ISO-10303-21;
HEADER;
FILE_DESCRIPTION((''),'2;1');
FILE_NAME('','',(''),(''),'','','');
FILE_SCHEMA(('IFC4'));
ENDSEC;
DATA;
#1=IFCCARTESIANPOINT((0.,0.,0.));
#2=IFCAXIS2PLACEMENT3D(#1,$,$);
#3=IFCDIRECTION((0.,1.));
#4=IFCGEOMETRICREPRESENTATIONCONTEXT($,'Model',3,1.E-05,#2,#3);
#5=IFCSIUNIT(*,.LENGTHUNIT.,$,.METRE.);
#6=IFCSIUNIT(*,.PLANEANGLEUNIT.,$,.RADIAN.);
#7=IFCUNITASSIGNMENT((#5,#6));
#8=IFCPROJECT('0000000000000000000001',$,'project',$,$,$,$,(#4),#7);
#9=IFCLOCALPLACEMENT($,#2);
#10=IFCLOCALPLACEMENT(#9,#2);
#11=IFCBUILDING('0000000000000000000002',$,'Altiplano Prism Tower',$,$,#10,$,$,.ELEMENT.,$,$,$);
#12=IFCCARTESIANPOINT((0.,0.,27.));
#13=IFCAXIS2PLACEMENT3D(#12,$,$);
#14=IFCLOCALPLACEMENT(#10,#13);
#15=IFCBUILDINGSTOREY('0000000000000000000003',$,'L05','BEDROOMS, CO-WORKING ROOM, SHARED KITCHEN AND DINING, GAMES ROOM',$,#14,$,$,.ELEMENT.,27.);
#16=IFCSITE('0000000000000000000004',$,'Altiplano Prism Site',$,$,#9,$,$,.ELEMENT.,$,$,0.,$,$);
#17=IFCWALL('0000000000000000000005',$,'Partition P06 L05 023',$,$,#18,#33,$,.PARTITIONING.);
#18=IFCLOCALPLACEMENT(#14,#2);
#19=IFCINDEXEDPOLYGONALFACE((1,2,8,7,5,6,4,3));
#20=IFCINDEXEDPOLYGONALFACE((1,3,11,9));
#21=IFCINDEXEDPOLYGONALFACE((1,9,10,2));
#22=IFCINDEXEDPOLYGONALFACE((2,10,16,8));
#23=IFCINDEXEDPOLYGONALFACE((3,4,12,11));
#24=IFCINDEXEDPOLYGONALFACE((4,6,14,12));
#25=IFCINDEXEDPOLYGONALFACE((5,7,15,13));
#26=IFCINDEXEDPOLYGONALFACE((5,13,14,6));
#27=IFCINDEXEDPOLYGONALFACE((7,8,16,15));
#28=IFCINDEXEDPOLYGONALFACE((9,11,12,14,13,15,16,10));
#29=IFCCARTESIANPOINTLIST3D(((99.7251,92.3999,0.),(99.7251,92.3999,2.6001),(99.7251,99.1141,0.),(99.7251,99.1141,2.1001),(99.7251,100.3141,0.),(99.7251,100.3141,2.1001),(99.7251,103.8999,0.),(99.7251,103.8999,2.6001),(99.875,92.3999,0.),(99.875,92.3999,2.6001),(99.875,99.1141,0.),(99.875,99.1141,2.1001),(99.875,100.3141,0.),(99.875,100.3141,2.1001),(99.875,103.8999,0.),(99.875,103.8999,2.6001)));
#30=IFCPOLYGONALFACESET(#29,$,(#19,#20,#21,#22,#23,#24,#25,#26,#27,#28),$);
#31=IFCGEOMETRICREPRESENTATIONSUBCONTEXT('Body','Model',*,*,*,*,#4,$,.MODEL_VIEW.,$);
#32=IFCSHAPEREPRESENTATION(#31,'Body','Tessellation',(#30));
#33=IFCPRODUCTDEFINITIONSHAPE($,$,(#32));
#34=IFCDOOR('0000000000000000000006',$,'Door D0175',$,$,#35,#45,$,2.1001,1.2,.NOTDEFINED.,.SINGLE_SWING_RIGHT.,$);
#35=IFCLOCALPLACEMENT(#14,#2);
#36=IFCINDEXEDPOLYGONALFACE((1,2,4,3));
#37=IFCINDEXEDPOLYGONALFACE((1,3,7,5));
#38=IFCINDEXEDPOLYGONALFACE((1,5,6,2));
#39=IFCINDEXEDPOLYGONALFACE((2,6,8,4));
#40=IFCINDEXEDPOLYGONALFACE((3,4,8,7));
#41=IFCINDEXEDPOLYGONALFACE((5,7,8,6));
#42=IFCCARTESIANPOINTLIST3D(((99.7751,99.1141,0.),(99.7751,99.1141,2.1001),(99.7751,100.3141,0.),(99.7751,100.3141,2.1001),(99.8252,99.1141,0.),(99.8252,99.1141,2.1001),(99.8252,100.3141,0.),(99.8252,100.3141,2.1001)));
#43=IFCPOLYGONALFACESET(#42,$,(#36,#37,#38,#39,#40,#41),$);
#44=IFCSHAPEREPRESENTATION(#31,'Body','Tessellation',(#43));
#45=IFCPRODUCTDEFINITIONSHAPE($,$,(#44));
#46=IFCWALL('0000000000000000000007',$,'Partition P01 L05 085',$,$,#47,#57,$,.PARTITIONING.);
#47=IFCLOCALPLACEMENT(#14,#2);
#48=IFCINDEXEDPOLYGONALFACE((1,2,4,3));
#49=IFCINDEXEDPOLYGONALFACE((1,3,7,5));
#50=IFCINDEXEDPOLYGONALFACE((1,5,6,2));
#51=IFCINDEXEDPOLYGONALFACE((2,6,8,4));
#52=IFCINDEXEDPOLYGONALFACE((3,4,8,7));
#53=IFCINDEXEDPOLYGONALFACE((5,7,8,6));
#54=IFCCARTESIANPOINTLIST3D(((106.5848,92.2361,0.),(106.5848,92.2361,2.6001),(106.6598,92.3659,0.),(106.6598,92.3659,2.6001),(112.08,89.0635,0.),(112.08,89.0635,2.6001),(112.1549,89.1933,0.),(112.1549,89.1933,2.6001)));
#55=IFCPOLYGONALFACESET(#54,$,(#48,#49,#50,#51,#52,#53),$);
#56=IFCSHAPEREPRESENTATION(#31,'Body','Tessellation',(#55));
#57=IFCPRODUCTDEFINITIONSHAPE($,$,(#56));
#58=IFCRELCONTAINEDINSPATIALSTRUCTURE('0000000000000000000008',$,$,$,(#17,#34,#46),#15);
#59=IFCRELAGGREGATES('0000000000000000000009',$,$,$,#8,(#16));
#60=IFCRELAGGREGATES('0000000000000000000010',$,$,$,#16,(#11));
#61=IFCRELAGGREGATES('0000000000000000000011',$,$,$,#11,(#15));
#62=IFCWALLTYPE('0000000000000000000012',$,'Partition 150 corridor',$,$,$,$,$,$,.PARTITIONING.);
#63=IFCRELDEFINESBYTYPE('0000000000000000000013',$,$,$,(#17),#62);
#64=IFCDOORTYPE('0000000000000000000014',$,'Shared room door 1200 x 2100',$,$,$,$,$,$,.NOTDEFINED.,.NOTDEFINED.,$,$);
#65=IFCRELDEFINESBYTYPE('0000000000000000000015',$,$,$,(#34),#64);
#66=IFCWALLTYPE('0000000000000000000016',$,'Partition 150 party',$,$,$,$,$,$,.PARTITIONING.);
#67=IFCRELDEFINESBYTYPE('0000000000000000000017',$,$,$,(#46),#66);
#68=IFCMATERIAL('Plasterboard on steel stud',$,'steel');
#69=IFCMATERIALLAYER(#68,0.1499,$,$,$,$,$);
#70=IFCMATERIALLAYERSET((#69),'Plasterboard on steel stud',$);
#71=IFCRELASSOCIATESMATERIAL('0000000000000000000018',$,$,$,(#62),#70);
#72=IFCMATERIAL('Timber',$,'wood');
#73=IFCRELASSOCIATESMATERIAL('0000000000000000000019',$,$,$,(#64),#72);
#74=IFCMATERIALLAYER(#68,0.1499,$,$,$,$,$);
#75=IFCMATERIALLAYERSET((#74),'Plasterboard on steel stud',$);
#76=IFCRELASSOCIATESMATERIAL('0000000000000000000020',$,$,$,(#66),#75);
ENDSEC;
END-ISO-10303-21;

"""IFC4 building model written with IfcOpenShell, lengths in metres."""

from ifc_helpers import new_model, si_unit, direction, frame, frame_2d, origin, place, context, subcontext, project, spatial, rectangle, extrude, material, layer, layer_set, type_object, element, fill, save


model = new_model("IFC4")

# Units and contexts
model_context = context("Model", 3, precision=1e-05, world=origin(), true_north=direction((0.0, 1.0)))
body_context = subcontext(model_context, "Body", "Model", "MODEL_VIEW")
ifc_project = project(units=[si_unit("LENGTHUNIT", "METRE"), si_unit("PLANEANGLEUNIT", "RADIAN")], contexts=[model_context])

# Site, building, storey
site_placement = place(None, origin())
site = spatial("IfcSite", under=ifc_project, at=site_placement, Name="Altiplano Prism Site", CompositionType="ELEMENT", RefElevation=0.0)
building_placement = place(site_placement, origin())
building = spatial("IfcBuilding", under=site, at=building_placement, Name="Altiplano Prism Tower", CompositionType="ELEMENT")
storey_placement = place(building_placement, frame((0.0, 0.0, 27.0)))
storey = spatial("IfcBuildingStorey", under=building, at=storey_placement, Name="L05", Description="BEDROOMS, CO-WORKING ROOM, SHARED KITCHEN AND DINING, GAMES ROOM", CompositionType="ELEMENT", Elevation=27.0)

# Shared definitions
ifc_material_1 = material(Name="Plasterboard on steel stud", Category="steel")

# Shared definitions
ifc_material_2 = material(Name="Timber", Category="wood")

# Shared definitions
ifc_layer_1 = layer(ifc_material_1, 0.1499)
ifc_layer_set_1 = layer_set([ifc_layer_1], Name="Plasterboard on steel stud")
wall_type_1 = type_object("IfcWallType", Name="Partition 150 corridor", PredefinedType="PARTITIONING", material=ifc_layer_set_1)
door_type_1 = type_object("IfcDoorType", Name="Shared room door 1200 x 2100", OperationType="NOTDEFINED", PredefinedType="NOTDEFINED", material=ifc_material_2)

# Wall, opening, door
wall_1_placement = place(storey_placement, frame((99.8, 92.3999, 0.0), z_axis=(0.0, 0.0, 1.0), x_axis=(0.0, 1.0, 0.0)))
wall_1 = element("IfcWall", 1, at=wall_1_placement, inside=storey, type_object=wall_type_1, Name="Partition P06 L05 023", PredefinedType="PARTITIONING", context=body_context, shape_type="SweptSolid", body=[
    extrude(rectangle(XDim=11.5, YDim=0.1499, at=frame_2d((5.75, 0.0))), origin(), (0.0, 0.0, 1.0), 2.6001),
])
opening_1_placement = place(wall_1_placement, frame((6.7141, 0.0, 0.0)))
opening_1 = element("IfcOpeningElement", 2, at=opening_1_placement, cuts=wall_1, PredefinedType="OPENING", context=body_context, shape_type="SweptSolid", body=[
    extrude(rectangle(XDim=1.2, YDim=2.1001, at=frame_2d((0.6001, 1.05))), frame((0.0, 0.0854, 0.0), z_axis=(0.0, -1.0, 0.0), x_axis=(1.0, 0.0, 0.0)), (0.0, 0.0, 1.0), 0.1709),
])
door_1_placement = place(opening_1_placement, origin())
door_1 = element("IfcDoor", 3, at=door_1_placement, inside=storey, type_object=door_type_1, Name="Door D0175", OperationType="SINGLE_SWING_RIGHT", OverallHeight=2.1001, OverallWidth=1.2, PredefinedType="NOTDEFINED", context=body_context, shape_type="SweptSolid", body=[
    extrude(rectangle(XDim=1.2, YDim=2.1001, at=frame_2d((0.6001, 1.05))), frame((0.0, 0.0249, 0.0), z_axis=(0.0, -1.0, 0.0), x_axis=(1.0, 0.0, 0.0)), (0.0, 0.0, 1.0), 0.05),
])
fill(opening_1, door_1)

# Wall
ifc_layer_2 = layer(ifc_material_1, 0.1499)
ifc_layer_set_2 = layer_set([ifc_layer_2], Name="Plasterboard on steel stud")
wall_type_2 = type_object("IfcWallType", Name="Partition 150 party", PredefinedType="PARTITIONING", material=ifc_layer_set_2)
wall_2_placement = place(storey_placement, frame((112.1174, 89.1284, 0.0), z_axis=(0.0, 0.0, 1.0), x_axis=(-0.866025, 0.5, 0.0)))
element("IfcWall", 4, at=wall_2_placement, inside=storey, type_object=wall_type_2, Name="Partition P01 L05 085", PredefinedType="PARTITIONING", context=body_context, shape_type="SweptSolid", body=[
    extrude(rectangle(XDim=6.3452, YDim=0.1499, at=frame_2d((3.1726, 0.0))), origin(), (0.0, 0.0, 1.0), 2.6001),
])

save(model, "model.ifc")
